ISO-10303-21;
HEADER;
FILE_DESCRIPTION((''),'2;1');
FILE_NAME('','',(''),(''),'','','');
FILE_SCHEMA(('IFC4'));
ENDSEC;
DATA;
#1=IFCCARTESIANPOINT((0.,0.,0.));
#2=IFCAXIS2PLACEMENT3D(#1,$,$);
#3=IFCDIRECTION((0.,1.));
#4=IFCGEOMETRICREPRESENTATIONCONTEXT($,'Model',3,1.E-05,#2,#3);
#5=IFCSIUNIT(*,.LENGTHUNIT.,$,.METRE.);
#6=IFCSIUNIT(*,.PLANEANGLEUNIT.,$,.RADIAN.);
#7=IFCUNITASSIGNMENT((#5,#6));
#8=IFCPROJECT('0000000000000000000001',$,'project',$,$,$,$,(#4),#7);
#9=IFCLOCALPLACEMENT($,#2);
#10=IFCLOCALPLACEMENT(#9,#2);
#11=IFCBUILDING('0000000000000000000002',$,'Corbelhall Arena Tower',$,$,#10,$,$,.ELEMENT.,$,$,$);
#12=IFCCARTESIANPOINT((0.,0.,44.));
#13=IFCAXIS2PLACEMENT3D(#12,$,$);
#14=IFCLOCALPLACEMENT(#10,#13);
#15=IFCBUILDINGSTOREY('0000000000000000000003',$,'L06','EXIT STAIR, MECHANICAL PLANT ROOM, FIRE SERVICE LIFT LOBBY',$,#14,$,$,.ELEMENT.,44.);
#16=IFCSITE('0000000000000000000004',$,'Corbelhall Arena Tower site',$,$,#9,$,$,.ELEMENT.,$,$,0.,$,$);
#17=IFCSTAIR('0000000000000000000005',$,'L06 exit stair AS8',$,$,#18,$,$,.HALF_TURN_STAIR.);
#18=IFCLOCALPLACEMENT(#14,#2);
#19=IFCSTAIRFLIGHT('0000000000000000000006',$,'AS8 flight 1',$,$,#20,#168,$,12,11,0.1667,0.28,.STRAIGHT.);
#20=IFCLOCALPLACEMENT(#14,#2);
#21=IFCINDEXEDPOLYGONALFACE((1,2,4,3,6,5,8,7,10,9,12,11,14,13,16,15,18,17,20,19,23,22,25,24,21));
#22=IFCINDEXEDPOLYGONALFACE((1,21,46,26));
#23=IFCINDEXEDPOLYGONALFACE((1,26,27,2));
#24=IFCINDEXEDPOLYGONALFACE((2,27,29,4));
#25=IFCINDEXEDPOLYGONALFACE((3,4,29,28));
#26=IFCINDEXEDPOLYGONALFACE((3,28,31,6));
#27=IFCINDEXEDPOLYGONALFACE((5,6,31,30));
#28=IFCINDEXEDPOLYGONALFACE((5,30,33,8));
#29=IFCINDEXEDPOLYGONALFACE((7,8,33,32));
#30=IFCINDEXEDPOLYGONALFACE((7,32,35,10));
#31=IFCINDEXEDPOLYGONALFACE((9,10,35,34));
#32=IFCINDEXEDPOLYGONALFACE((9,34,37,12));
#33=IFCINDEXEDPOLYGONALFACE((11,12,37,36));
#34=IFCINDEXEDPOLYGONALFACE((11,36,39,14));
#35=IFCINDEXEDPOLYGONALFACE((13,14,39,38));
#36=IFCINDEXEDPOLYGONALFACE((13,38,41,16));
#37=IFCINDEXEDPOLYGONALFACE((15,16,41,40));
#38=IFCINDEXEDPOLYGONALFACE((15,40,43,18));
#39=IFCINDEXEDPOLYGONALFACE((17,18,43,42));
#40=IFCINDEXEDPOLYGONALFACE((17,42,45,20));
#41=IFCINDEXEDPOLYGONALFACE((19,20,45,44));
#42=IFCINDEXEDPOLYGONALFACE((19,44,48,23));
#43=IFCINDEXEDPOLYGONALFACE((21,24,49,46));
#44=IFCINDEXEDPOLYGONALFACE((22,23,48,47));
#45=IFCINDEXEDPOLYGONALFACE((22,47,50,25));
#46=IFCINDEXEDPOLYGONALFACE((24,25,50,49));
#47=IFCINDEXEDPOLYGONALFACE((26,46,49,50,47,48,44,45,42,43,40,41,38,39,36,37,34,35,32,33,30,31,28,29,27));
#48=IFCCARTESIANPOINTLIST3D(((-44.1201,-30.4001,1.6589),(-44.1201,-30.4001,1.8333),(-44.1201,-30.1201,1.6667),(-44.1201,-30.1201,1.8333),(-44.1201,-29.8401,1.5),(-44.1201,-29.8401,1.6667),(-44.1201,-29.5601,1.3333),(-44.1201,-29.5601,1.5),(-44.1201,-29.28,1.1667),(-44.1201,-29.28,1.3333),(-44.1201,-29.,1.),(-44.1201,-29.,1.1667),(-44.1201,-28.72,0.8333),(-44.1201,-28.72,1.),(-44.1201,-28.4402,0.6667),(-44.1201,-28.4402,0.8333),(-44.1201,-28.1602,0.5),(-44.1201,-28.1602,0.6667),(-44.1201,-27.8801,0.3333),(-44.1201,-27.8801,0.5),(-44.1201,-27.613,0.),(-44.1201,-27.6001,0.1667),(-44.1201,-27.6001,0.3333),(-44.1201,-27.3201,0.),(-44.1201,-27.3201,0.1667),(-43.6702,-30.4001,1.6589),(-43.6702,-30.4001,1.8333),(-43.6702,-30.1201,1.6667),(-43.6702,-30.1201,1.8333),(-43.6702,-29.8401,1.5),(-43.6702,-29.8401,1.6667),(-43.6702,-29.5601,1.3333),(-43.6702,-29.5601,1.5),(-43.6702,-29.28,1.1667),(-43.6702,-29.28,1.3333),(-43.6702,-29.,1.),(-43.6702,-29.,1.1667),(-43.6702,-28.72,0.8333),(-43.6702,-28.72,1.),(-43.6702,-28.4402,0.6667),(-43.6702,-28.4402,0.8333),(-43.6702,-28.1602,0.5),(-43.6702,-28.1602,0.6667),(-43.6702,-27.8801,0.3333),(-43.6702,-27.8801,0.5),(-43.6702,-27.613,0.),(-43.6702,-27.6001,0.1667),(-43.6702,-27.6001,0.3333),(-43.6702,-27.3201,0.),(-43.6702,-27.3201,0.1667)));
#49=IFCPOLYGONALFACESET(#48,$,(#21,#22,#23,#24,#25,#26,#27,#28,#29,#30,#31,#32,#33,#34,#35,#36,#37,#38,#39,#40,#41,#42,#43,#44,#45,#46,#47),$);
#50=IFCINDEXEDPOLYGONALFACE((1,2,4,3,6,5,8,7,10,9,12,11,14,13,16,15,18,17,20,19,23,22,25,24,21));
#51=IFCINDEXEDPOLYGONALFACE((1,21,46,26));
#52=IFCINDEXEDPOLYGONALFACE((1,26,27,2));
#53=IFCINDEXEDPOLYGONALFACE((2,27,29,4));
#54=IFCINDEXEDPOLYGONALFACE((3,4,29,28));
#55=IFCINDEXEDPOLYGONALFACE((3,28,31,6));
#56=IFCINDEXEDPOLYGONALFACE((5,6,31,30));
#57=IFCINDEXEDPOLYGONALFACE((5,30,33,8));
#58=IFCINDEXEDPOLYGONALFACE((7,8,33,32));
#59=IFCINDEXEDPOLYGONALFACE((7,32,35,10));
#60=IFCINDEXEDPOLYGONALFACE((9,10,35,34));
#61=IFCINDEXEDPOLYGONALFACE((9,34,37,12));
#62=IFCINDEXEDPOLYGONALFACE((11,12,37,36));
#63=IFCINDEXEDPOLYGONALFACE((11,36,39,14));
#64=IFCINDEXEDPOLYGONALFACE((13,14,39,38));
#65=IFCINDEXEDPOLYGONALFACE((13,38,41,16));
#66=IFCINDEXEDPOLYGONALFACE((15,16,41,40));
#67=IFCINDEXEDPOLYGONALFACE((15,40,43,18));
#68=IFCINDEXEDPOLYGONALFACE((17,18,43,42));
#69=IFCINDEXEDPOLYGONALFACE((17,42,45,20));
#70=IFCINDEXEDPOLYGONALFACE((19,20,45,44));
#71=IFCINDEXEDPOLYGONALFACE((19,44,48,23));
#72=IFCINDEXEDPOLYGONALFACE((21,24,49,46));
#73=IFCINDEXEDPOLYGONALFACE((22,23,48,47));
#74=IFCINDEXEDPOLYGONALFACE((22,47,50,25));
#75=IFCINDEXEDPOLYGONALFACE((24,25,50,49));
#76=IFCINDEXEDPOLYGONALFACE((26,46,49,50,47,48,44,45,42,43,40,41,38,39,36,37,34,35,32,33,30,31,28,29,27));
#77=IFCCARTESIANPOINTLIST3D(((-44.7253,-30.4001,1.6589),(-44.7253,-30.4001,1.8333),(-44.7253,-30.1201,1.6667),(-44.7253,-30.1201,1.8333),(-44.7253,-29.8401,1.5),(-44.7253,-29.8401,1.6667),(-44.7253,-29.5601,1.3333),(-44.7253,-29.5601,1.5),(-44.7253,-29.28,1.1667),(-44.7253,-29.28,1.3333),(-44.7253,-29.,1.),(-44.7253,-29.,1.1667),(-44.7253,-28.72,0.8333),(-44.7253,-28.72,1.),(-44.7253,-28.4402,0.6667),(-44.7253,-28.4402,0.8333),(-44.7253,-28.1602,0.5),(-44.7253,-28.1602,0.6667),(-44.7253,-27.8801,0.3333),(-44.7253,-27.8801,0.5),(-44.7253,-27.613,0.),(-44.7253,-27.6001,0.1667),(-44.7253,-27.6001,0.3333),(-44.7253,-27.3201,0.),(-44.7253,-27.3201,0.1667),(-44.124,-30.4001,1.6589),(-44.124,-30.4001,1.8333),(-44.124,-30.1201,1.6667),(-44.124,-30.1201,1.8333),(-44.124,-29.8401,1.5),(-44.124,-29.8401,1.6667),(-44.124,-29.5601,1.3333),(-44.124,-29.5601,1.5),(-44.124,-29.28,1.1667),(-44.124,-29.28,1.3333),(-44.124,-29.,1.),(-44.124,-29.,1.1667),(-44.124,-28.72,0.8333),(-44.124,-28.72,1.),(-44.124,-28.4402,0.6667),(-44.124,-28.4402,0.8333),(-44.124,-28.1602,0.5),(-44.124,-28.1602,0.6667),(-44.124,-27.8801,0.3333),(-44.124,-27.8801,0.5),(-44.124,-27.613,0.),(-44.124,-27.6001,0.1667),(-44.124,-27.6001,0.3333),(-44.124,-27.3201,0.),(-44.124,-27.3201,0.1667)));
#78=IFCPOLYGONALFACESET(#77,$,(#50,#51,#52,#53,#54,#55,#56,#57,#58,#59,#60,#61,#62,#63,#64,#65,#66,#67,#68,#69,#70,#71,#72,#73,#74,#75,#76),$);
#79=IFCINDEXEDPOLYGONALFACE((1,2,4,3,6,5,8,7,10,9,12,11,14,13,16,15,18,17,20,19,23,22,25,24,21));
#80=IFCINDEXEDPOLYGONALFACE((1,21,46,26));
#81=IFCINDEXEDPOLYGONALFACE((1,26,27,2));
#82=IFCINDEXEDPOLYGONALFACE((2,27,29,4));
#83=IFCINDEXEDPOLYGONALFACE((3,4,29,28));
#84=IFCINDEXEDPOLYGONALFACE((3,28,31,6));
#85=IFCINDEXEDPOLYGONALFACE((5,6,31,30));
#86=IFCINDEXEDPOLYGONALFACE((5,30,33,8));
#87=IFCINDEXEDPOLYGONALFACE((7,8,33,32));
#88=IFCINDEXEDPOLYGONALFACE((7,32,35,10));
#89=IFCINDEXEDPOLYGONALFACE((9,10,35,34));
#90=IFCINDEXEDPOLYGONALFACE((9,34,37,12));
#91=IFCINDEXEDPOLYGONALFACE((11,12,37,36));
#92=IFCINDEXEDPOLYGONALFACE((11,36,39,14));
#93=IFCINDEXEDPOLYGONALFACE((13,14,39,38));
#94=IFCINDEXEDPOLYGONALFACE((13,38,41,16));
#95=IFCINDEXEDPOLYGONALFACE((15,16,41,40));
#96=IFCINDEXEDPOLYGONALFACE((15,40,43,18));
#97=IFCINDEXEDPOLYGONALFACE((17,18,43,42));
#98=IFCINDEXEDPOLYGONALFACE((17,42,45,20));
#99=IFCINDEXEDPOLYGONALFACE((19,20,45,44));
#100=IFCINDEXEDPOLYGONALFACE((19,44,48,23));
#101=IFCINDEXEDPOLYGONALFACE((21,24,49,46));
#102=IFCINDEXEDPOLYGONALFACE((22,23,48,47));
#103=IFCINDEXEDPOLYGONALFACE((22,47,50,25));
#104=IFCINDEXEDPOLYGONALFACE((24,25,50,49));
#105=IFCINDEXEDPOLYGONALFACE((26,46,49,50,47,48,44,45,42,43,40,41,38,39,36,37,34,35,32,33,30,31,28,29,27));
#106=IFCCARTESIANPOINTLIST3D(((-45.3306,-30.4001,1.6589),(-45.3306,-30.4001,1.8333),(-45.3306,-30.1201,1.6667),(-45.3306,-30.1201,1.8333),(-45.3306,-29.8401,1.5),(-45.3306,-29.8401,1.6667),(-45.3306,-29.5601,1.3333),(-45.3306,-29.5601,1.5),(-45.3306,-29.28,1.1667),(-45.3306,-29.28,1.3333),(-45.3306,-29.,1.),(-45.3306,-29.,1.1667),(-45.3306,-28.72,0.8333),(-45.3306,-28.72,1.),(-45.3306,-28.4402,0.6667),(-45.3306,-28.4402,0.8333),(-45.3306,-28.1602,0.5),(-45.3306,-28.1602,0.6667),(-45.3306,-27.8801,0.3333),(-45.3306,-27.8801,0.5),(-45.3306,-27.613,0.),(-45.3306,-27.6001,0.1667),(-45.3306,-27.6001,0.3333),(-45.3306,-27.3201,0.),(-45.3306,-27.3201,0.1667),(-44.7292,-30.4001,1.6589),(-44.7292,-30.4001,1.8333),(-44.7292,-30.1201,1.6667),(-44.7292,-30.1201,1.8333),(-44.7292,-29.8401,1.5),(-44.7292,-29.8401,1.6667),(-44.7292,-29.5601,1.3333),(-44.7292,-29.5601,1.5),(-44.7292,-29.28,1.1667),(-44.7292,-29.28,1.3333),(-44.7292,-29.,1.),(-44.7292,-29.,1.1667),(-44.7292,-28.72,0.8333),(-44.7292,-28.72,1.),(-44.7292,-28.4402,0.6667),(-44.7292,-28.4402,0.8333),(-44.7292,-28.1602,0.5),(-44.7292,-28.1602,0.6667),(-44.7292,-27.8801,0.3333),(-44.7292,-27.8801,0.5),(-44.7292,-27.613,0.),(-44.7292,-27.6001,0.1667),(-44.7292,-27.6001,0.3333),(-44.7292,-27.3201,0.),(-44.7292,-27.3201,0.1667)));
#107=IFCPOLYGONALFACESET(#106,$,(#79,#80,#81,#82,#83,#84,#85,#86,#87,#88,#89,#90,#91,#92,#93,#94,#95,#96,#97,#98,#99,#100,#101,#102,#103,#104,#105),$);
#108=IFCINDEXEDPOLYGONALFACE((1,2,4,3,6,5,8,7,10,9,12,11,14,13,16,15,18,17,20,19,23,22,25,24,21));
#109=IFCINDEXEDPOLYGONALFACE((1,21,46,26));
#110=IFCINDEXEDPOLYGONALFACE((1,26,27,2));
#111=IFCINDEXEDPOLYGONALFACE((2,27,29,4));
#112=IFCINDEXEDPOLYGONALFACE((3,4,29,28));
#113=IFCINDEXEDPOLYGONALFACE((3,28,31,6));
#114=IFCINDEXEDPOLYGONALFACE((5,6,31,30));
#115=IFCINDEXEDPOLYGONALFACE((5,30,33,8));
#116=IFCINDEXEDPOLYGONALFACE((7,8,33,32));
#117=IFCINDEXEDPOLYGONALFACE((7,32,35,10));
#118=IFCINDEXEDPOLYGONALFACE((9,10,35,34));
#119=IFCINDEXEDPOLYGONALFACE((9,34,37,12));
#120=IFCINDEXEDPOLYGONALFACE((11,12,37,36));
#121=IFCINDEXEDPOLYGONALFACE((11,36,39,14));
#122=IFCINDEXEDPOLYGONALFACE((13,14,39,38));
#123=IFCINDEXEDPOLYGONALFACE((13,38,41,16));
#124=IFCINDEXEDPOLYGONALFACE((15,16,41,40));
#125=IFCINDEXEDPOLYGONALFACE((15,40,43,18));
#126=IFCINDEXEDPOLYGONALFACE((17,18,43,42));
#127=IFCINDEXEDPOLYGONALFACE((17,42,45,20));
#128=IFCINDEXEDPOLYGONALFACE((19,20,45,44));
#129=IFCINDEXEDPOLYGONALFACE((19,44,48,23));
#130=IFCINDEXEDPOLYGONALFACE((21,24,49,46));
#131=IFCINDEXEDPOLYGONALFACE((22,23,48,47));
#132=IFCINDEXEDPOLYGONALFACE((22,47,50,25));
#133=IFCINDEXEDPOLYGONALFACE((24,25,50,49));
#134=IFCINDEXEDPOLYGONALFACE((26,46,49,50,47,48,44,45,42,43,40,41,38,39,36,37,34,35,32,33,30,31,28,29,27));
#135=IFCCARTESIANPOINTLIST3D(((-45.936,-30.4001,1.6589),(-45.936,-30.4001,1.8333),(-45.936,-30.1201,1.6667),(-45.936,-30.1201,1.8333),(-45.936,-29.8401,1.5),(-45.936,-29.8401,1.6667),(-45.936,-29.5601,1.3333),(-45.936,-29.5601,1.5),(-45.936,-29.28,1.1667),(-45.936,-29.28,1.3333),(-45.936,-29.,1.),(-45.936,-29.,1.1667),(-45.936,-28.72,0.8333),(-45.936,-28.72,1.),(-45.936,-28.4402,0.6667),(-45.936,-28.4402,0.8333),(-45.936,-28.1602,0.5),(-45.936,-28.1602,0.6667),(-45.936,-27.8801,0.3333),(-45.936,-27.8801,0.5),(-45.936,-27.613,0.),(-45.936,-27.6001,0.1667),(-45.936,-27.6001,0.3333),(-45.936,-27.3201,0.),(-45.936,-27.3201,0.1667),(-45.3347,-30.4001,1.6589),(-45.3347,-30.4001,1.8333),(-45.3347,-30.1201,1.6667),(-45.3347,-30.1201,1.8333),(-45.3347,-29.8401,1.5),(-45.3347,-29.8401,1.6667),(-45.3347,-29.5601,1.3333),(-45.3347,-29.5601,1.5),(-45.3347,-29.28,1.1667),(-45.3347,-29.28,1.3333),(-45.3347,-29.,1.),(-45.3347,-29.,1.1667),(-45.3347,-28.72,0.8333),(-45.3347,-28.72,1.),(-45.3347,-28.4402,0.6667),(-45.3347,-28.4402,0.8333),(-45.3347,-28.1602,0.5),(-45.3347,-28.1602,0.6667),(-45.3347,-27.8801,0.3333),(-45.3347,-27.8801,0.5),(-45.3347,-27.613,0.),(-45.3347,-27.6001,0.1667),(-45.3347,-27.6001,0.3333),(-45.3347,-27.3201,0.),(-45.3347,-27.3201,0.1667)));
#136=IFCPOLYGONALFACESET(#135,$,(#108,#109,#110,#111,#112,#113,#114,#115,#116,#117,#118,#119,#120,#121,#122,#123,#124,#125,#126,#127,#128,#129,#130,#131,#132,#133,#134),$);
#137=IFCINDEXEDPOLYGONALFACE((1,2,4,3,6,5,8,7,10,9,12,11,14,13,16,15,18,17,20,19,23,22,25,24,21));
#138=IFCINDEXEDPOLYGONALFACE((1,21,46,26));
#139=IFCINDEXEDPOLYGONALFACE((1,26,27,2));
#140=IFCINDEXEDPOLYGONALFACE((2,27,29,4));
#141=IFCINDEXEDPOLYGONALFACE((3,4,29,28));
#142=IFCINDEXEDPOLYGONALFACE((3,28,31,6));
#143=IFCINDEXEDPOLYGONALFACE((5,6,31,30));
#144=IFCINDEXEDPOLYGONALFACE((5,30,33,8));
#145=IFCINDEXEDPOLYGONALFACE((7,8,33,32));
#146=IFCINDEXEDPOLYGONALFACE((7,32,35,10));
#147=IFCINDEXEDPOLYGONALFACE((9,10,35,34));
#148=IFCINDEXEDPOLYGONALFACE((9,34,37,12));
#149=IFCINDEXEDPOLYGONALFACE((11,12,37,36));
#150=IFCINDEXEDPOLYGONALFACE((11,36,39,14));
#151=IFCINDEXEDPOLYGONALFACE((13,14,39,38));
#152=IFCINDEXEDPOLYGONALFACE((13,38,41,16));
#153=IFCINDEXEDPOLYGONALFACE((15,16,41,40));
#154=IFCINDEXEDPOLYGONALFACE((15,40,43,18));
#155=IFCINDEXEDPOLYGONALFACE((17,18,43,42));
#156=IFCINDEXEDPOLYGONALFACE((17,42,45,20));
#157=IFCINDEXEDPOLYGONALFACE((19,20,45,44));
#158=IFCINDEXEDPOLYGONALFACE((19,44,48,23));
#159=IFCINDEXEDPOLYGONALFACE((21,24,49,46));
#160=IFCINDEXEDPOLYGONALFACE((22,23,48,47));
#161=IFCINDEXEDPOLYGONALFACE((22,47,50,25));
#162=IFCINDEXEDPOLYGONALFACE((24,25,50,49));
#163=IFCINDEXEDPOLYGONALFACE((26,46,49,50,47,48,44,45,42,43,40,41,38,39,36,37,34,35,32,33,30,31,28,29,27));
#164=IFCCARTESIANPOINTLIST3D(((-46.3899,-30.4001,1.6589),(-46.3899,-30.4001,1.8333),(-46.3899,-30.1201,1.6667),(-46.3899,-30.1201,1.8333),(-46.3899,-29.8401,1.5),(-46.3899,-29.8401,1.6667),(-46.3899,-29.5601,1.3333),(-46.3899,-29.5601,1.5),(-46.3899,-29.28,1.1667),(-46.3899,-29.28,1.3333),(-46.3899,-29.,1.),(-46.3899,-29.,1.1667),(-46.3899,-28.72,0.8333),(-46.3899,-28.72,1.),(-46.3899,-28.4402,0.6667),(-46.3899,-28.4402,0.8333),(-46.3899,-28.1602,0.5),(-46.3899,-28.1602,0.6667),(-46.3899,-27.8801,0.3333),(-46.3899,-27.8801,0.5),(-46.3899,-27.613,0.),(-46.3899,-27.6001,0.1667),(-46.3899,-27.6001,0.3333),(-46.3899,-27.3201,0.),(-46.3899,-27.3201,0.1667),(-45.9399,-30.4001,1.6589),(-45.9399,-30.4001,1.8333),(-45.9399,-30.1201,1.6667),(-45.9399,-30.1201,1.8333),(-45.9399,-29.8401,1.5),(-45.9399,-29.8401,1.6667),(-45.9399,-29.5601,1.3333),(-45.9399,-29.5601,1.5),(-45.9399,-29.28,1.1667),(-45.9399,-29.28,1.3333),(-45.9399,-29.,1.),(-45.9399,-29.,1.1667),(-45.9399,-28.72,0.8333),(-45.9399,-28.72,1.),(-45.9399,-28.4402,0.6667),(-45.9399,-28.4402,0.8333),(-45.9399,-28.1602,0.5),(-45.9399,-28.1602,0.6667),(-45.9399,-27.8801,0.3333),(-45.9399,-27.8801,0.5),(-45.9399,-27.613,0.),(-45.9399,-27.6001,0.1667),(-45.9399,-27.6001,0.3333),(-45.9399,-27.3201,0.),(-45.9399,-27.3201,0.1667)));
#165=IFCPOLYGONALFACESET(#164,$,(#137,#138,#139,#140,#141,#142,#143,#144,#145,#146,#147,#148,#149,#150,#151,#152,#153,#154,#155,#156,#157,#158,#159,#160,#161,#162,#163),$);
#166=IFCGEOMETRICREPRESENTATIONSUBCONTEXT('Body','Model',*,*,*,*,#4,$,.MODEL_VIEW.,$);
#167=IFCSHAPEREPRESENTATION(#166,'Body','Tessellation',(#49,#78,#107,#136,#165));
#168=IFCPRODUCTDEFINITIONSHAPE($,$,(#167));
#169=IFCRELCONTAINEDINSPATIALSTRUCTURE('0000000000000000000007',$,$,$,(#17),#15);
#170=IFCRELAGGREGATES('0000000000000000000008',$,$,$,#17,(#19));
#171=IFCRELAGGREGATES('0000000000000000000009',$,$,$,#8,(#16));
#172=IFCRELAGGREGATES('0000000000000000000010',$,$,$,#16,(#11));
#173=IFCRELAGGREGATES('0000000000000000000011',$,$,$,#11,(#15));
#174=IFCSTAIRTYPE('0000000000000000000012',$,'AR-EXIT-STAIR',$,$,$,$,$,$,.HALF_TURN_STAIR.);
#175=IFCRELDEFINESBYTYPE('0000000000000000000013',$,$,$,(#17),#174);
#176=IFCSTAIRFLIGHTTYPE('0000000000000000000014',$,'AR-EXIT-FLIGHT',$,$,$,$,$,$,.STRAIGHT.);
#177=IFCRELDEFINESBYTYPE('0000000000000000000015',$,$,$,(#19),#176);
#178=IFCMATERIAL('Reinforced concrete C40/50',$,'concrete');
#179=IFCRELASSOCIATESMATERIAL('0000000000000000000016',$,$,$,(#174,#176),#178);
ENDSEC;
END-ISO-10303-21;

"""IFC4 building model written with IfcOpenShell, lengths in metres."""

from ifc_helpers import new_model, si_unit, direction, frame, origin, place, context, subcontext, project, spatial, polyline, outline, extrude, material, type_object, element, aggregate, save


model = new_model("IFC4")

# Units and contexts
model_context = context("Model", 3, precision=1e-05, world=origin(), true_north=direction((0.0, 1.0)))
body_context = subcontext(model_context, "Body", "Model", "MODEL_VIEW")
ifc_project = project(units=[si_unit("LENGTHUNIT", "METRE"), si_unit("PLANEANGLEUNIT", "RADIAN")], contexts=[model_context])

# Site, building, storey
site_placement = place(None, origin())
site = spatial("IfcSite", under=ifc_project, at=site_placement, Name="Corbelhall Arena Tower site", CompositionType="ELEMENT", RefElevation=0.0)
building_placement = place(site_placement, origin())
building = spatial("IfcBuilding", under=site, at=building_placement, Name="Corbelhall Arena Tower", CompositionType="ELEMENT")
storey_placement = place(building_placement, frame((0.0, 0.0, 44.0)))
storey = spatial("IfcBuildingStorey", under=building, at=storey_placement, Name="L06", Description="EXIT STAIR, MECHANICAL PLANT ROOM, FIRE SERVICE LIFT LOBBY", CompositionType="ELEMENT", Elevation=44.0)

# Stair, stair flight
ifc_material_1 = material(Name="Reinforced concrete C40/50", Category="concrete")
stair_type = type_object("IfcStairType", Name="AR-EXIT-STAIR", PredefinedType="HALF_TURN_STAIR", material=ifc_material_1)
stair_flight_type = type_object("IfcStairFlightType", Name="AR-EXIT-FLIGHT", PredefinedType="STRAIGHT", material=ifc_material_1)
stair_1_placement = place(storey_placement, origin())
stair_1 = element("IfcStair", 1, at=stair_1_placement, inside=storey, type_object=stair_type, Name="L06 exit stair AS8", PredefinedType="HALF_TURN_STAIR")
stair_flight_1_placement = place(storey_placement, frame((-45.03, -27.3201, 0.0), z_axis=(0.0, 0.0, 1.0), x_axis=(0.0, -1.0, 0.0)))
stair_flight_1 = element("IfcStairFlight", 2, at=stair_flight_1_placement, type_object=stair_flight_type, Name="AS8 flight 1", NumberOfRisers=12, NumberOfTreads=11, PredefinedType="STRAIGHT", RiserHeight=0.1667, TreadLength=0.28, context=body_context, shape_type="SweptSolid", body=[
    extrude(outline(polyline([(0.0, 0.0), (0.0, 0.1667), (0.28, 0.1667), (0.28, 0.3333), (0.5601, 0.3333), (0.5601, 0.5), (0.8401, 0.5), (0.8401, 0.6667), (1.1201, 0.6667), (1.1201, 0.8333), (1.3999, 0.8333), (1.3999, 1.0), (1.6799, 1.0), (1.6799, 1.1667), (1.96, 1.1667), (1.96, 1.3333), (2.24, 1.3333), (2.24, 1.5), (2.52, 1.5), (2.52, 1.6667), (2.8, 1.6667), (2.8, 1.8333), (3.0801, 1.8333), (3.0801, 2.0), (3.0801, 1.6589), (0.293, 0.0), (0.0, 0.0)])), frame((0.0, 1.3599, 0.0), z_axis=(0.0, -1.0, 0.0), x_axis=(1.0, 0.0, 0.0)), (0.0, 0.0, 1.0), 0.45),
    extrude(outline(polyline([(0.0, 0.0), (0.0, 0.1667), (0.28, 0.1667), (0.28, 0.3333), (0.5601, 0.3333), (0.5601, 0.5), (0.8401, 0.5), (0.8401, 0.6667), (1.1201, 0.6667), (1.1201, 0.8333), (1.3999, 0.8333), (1.3999, 1.0), (1.6799, 1.0), (1.6799, 1.1667), (1.96, 1.1667), (1.96, 1.3333), (2.24, 1.3333), (2.24, 1.5), (2.52, 1.5), (2.52, 1.6667), (2.8, 1.6667), (2.8, 1.8333), (3.0801, 1.8333), (3.0801, 2.0), (3.0801, 1.6589), (0.293, 0.0), (0.0, 0.0)])), frame((0.0, 0.906, 0.0), z_axis=(0.0, -1.0, 0.0), x_axis=(1.0, 0.0, 0.0)), (0.0, 0.0, 1.0), 0.6013),
    extrude(outline(polyline([(0.0, 0.0), (0.0, 0.1667), (0.28, 0.1667), (0.28, 0.3333), (0.5601, 0.3333), (0.5601, 0.5), (0.8401, 0.5), (0.8401, 0.6667), (1.1201, 0.6667), (1.1201, 0.8333), (1.3999, 0.8333), (1.3999, 1.0), (1.6799, 1.0), (1.6799, 1.1667), (1.96, 1.1667), (1.96, 1.3333), (2.24, 1.3333), (2.24, 1.5), (2.52, 1.5), (2.52, 1.6667), (2.8, 1.6667), (2.8, 1.8333), (3.0801, 1.8333), (3.0801, 2.0), (3.0801, 1.6589), (0.293, 0.0), (0.0, 0.0)])), frame((0.0, 0.3008, 0.0), z_axis=(0.0, -1.0, 0.0), x_axis=(1.0, 0.0, 0.0)), (0.0, 0.0, 1.0), 0.6013),
    extrude(outline(polyline([(0.0, 0.0), (0.0, 0.1667), (0.28, 0.1667), (0.28, 0.3333), (0.5601, 0.3333), (0.5601, 0.5), (0.8401, 0.5), (0.8401, 0.6667), (1.1201, 0.6667), (1.1201, 0.8333), (1.3999, 0.8333), (1.3999, 1.0), (1.6799, 1.0), (1.6799, 1.1667), (1.96, 1.1667), (1.96, 1.3333), (2.24, 1.3333), (2.24, 1.5), (2.52, 1.5), (2.52, 1.6667), (2.8, 1.6667), (2.8, 1.8333), (3.0801, 1.8333), (3.0801, 2.0), (3.0801, 1.6589), (0.293, 0.0), (0.0, 0.0)])), frame((0.0, -0.3047, 0.0), z_axis=(0.0, -1.0, 0.0), x_axis=(1.0, 0.0, 0.0)), (0.0, 0.0, 1.0), 0.6013),
    extrude(outline(polyline([(0.0, 0.0), (0.0, 0.1667), (0.28, 0.1667), (0.28, 0.3333), (0.5601, 0.3333), (0.5601, 0.5), (0.8401, 0.5), (0.8401, 0.6667), (1.1201, 0.6667), (1.1201, 0.8333), (1.3999, 0.8333), (1.3999, 1.0), (1.6799, 1.0), (1.6799, 1.1667), (1.96, 1.1667), (1.96, 1.3333), (2.24, 1.3333), (2.24, 1.5), (2.52, 1.5), (2.52, 1.6667), (2.8, 1.6667), (2.8, 1.8333), (3.0801, 1.8333), (3.0801, 2.0), (3.0801, 1.6589), (0.293, 0.0), (0.0, 0.0)])), frame((0.0, -0.9099, 0.0), z_axis=(0.0, -1.0, 0.0), x_axis=(1.0, 0.0, 0.0)), (0.0, 0.0, 1.0), 0.45),
])
aggregate(stair_1, [stair_flight_1])

save(model, "model.ifc")
